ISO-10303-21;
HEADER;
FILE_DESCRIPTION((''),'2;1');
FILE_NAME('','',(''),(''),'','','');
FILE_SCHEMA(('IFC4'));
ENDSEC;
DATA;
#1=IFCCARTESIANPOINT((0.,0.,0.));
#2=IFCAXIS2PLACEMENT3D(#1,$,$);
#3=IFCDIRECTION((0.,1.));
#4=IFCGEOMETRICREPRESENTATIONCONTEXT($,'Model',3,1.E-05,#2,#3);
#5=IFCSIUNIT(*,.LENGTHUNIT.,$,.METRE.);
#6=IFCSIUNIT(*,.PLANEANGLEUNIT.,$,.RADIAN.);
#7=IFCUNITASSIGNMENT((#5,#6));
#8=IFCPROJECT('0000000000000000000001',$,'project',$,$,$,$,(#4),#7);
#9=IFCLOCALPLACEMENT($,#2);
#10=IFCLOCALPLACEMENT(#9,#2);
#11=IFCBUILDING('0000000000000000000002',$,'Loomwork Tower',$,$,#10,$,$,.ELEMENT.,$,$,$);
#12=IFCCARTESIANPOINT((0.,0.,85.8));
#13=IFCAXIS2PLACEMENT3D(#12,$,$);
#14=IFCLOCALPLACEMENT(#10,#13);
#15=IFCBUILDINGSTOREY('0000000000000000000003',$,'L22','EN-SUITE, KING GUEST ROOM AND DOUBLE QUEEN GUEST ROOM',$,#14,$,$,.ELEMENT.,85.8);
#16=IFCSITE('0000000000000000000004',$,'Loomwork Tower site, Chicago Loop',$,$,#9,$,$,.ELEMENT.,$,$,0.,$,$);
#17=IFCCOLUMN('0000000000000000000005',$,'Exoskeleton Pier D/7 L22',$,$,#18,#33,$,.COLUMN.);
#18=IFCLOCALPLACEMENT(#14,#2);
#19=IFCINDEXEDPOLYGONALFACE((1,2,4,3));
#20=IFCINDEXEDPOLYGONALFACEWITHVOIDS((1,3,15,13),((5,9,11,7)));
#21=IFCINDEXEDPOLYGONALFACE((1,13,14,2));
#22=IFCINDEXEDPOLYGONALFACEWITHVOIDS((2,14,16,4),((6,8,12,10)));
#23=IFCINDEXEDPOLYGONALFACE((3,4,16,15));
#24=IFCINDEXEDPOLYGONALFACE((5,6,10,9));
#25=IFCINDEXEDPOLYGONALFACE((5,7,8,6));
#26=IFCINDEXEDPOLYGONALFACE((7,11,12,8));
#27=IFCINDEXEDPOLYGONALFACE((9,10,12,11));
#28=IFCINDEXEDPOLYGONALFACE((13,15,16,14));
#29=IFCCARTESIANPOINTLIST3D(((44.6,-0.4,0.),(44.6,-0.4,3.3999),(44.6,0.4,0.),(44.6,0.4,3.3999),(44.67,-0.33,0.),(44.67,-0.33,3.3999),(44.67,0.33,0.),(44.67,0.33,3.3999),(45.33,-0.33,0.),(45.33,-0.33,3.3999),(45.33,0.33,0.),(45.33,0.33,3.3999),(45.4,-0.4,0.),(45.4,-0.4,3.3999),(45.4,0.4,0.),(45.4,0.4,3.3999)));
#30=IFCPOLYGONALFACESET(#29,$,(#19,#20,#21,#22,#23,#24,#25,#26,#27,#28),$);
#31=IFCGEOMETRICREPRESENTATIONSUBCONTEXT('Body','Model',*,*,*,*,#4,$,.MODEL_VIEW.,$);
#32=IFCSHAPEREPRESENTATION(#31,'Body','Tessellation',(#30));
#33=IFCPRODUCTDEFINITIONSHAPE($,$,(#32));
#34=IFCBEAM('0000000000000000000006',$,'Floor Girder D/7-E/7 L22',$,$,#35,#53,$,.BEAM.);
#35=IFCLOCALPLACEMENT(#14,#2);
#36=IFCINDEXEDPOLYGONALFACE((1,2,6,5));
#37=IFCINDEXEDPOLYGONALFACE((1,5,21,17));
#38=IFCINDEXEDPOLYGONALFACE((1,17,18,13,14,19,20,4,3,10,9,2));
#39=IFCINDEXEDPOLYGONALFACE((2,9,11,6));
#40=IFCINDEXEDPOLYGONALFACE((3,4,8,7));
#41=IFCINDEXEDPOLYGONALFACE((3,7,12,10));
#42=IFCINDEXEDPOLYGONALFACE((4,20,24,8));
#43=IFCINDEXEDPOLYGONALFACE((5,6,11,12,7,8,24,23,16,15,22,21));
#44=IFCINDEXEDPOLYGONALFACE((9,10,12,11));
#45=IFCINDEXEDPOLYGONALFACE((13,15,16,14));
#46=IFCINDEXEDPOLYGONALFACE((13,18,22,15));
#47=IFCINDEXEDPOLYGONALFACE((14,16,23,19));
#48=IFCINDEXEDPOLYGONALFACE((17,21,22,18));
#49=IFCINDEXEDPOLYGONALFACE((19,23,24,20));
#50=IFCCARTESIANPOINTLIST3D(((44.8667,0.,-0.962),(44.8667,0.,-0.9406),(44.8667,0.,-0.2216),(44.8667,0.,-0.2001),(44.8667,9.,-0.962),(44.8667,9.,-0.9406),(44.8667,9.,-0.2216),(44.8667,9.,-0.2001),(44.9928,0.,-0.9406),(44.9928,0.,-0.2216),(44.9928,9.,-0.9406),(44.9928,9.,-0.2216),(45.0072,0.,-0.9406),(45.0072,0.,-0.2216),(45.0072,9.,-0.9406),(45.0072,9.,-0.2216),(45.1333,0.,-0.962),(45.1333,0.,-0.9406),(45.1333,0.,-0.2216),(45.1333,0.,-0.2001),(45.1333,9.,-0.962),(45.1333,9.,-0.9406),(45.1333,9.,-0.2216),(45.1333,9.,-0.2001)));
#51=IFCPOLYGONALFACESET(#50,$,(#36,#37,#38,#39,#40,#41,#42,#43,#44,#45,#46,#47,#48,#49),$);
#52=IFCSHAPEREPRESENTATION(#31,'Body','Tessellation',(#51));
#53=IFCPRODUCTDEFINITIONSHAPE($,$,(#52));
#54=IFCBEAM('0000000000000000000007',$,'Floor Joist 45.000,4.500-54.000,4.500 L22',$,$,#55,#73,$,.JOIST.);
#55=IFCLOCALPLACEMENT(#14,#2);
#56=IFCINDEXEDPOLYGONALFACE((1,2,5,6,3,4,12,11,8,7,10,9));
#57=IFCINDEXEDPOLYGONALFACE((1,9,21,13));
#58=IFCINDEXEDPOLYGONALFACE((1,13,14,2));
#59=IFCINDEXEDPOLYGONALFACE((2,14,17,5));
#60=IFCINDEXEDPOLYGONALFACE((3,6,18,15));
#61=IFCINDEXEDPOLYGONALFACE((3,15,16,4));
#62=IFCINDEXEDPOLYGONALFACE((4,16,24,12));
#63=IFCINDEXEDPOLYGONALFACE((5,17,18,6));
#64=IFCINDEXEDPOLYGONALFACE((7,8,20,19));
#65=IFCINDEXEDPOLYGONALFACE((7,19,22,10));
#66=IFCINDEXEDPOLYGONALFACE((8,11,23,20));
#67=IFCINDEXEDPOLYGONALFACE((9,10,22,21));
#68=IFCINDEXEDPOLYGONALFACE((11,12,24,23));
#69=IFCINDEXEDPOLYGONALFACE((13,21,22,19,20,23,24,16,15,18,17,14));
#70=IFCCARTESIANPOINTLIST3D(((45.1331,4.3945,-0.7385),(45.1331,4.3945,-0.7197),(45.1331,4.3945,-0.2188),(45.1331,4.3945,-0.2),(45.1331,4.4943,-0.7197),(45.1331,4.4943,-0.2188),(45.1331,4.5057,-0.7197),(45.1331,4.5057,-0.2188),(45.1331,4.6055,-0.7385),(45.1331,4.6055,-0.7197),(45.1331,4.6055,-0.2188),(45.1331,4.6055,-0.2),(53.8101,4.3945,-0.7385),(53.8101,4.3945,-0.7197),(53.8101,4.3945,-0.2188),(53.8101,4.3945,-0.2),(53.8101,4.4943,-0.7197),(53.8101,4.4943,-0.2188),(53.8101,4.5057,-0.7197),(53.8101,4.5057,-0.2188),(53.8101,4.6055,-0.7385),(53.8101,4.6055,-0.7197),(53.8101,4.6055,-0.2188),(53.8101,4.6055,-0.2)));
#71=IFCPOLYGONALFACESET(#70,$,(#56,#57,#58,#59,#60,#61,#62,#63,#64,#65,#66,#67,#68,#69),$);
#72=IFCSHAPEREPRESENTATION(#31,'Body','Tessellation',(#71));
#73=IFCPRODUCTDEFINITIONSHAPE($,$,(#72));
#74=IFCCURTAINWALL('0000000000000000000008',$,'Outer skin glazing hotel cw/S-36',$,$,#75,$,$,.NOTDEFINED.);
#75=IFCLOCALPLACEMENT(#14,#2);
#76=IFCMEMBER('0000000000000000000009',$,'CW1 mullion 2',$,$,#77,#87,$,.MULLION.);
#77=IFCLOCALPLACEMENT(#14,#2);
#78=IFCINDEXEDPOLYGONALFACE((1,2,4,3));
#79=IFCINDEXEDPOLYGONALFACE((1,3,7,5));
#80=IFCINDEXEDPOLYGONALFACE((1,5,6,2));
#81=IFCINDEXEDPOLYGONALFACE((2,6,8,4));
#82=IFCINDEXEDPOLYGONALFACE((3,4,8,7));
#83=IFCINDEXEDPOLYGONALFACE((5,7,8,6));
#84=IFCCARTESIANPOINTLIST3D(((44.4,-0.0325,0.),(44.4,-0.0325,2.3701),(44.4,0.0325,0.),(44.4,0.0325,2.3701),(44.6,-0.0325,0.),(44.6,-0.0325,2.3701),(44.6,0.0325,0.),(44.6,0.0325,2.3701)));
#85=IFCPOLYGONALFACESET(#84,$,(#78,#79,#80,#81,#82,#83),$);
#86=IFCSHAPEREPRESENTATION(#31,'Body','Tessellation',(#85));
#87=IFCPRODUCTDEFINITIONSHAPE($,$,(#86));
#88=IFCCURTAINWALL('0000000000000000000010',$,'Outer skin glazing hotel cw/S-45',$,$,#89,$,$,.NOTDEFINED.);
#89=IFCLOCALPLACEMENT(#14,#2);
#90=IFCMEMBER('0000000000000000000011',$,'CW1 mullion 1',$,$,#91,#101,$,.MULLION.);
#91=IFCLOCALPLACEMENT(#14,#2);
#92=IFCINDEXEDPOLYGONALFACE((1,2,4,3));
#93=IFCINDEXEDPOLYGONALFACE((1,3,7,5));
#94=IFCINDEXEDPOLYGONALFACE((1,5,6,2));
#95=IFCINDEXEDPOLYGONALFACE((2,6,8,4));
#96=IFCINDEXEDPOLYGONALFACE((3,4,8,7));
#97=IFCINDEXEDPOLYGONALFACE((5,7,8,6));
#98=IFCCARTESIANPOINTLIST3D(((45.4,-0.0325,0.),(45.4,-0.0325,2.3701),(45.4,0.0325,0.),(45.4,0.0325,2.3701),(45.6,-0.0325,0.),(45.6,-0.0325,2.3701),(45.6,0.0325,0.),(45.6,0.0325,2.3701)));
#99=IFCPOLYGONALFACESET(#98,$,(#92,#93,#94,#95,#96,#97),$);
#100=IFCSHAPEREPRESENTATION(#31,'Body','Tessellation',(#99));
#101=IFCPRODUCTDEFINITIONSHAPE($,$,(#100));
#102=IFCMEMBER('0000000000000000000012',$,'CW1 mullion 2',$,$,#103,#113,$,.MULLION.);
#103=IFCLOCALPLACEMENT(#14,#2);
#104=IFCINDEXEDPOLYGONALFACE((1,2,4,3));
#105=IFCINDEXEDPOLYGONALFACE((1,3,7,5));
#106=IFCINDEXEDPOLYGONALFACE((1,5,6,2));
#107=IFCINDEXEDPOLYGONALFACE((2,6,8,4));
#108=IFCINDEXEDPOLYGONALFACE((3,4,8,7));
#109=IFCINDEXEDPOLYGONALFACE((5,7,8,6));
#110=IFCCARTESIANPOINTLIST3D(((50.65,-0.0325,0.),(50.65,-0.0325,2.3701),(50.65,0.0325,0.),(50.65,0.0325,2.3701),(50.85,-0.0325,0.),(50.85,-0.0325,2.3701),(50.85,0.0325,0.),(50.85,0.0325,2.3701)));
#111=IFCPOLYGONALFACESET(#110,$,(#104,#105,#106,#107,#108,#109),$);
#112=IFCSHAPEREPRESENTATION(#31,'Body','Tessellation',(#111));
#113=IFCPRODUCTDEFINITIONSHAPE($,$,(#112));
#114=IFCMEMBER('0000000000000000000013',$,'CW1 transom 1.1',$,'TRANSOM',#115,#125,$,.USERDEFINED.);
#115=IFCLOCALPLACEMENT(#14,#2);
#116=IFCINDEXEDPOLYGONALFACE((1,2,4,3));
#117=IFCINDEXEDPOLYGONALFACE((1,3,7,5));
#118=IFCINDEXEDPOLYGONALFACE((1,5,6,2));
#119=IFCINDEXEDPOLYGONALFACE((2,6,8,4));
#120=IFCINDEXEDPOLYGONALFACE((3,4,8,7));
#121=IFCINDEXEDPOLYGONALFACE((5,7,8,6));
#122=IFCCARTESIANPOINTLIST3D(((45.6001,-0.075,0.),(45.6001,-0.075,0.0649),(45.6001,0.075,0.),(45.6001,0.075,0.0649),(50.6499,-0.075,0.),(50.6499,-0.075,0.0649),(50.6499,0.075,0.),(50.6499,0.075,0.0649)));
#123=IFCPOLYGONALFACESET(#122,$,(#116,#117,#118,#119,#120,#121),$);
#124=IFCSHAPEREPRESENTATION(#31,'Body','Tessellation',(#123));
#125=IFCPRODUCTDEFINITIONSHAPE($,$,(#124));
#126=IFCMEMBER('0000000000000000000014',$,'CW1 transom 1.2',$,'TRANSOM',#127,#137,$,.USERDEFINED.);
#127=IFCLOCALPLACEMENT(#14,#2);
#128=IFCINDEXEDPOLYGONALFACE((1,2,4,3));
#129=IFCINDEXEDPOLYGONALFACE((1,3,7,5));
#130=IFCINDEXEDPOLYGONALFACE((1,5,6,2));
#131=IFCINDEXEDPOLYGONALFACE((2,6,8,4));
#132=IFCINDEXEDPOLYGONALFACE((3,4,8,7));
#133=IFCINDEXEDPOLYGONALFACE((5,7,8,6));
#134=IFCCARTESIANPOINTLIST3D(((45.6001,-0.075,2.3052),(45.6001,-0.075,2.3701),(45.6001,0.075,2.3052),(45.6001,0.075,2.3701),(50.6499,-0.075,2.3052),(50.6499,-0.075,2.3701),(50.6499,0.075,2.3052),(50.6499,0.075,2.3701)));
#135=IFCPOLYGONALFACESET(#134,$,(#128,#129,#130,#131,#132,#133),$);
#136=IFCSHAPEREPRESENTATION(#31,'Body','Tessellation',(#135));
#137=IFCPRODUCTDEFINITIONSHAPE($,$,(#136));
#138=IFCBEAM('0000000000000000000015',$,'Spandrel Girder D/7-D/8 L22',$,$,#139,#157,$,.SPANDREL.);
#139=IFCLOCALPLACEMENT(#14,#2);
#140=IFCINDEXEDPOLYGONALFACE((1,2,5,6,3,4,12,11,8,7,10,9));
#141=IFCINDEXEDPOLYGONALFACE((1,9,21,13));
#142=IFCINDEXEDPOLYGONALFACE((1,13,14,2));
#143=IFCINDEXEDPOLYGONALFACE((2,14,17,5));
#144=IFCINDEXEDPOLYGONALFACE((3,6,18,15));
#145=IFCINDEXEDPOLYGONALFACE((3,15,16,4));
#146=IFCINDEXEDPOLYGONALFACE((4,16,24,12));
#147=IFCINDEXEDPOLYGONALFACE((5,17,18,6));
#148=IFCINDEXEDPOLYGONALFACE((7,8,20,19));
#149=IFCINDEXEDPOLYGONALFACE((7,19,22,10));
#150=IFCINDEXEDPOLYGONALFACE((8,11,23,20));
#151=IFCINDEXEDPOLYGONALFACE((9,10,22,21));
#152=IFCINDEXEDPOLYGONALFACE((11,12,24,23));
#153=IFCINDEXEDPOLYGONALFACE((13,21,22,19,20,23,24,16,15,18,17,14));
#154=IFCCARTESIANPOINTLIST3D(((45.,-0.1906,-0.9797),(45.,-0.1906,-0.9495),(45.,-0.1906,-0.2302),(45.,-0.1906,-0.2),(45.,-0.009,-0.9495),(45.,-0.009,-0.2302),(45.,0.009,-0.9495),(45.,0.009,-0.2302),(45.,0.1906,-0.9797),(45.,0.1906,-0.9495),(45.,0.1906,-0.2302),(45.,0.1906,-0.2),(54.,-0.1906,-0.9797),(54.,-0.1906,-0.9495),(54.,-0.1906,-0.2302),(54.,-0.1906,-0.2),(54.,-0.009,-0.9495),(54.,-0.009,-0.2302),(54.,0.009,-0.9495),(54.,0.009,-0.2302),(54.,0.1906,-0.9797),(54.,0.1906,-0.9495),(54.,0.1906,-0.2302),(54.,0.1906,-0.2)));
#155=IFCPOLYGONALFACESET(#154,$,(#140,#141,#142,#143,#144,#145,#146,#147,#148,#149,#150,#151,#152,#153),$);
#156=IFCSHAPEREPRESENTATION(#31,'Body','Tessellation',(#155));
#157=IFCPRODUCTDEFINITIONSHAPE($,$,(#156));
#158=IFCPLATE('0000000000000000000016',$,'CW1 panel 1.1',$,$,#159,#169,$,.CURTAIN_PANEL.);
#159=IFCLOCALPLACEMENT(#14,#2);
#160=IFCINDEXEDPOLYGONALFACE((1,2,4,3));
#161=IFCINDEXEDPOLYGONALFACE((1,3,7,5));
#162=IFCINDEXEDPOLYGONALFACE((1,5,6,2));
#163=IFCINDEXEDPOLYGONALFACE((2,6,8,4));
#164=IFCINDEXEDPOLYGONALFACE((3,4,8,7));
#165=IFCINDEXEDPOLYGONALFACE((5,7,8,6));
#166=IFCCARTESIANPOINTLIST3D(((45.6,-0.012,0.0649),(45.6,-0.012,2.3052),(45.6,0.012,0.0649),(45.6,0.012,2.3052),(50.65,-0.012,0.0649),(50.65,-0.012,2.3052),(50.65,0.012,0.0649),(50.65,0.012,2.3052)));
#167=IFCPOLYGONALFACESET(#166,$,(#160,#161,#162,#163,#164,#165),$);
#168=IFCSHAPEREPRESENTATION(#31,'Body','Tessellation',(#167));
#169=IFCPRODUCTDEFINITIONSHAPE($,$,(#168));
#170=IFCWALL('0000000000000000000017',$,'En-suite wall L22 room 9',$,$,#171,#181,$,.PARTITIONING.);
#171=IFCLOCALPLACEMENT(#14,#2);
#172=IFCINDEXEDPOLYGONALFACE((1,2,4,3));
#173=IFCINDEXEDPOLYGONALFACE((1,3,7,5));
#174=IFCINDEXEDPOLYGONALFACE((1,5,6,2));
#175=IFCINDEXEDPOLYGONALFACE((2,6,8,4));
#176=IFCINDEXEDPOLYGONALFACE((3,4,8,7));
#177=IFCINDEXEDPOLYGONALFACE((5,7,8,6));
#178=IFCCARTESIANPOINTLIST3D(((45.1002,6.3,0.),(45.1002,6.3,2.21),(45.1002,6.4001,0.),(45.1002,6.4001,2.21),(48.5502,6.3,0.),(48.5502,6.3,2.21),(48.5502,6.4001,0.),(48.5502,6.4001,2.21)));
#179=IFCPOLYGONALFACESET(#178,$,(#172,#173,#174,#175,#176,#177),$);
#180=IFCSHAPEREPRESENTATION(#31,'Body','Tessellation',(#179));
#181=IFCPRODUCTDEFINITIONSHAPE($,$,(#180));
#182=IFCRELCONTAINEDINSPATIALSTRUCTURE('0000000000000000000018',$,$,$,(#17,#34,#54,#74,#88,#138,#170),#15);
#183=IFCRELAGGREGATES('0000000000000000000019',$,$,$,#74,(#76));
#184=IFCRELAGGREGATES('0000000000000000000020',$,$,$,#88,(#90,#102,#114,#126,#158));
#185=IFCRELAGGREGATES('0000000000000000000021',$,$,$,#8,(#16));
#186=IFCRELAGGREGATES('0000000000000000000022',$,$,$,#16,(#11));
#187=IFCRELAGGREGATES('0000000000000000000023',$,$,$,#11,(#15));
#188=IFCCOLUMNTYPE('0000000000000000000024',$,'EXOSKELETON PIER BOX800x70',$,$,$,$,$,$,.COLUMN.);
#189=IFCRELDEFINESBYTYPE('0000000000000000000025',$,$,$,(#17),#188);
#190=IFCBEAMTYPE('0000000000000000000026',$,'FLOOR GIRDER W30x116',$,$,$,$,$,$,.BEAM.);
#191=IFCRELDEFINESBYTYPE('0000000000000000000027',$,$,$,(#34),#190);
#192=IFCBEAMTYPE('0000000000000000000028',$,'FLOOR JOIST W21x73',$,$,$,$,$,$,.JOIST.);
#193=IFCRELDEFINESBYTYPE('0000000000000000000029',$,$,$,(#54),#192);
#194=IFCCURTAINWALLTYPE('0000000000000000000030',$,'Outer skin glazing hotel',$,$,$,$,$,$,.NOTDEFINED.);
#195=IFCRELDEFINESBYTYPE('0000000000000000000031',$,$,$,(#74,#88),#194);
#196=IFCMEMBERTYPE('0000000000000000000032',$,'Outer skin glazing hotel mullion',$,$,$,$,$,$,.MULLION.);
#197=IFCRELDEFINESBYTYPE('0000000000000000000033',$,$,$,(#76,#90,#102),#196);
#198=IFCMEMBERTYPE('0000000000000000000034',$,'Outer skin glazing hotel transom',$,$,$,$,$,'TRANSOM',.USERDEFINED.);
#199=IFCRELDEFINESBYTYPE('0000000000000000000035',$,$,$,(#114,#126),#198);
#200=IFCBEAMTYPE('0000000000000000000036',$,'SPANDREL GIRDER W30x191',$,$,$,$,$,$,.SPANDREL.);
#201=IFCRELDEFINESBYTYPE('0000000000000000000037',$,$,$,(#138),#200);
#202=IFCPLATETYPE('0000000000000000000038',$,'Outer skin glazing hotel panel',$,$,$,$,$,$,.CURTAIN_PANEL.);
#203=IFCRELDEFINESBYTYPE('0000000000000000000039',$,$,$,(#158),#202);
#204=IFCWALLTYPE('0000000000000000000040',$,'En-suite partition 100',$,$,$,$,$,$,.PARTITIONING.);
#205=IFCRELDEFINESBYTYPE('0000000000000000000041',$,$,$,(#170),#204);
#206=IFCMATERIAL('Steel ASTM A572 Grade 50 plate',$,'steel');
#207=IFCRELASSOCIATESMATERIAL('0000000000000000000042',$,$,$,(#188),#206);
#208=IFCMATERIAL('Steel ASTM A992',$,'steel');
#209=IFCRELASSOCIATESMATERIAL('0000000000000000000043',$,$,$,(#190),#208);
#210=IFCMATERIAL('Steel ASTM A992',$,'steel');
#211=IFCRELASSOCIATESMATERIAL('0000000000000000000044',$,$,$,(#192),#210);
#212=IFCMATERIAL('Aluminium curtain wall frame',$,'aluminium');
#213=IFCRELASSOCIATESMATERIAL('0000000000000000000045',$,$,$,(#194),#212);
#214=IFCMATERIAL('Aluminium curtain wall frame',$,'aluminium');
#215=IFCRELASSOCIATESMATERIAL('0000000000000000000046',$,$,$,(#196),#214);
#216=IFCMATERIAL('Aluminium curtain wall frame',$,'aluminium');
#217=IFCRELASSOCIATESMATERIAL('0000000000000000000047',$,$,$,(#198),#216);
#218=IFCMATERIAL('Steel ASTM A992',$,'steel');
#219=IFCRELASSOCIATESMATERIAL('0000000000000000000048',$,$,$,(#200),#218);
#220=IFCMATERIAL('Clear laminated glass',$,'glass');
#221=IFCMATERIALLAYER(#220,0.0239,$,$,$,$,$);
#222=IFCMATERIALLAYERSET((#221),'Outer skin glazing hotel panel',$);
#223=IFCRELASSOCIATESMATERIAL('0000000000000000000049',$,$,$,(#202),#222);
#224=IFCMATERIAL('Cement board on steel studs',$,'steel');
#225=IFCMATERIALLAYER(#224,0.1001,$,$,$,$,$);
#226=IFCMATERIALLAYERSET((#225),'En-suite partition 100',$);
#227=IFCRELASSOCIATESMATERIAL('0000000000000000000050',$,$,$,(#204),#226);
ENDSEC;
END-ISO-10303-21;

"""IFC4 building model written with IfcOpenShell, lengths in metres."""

from ifc_helpers import new_model, si_unit, direction, frame, frame_2d, origin, origin_2d, place, context, subcontext, project, spatial, rectangle, hollow_rectangle, i_section, extrude, material, layer, layer_set, material_profile, profile_set, type_object, element, aggregate, save


model = new_model("IFC4")

# Units and contexts
model_context = context("Model", 3, precision=1e-05, world=origin(), true_north=direction((0.0, 1.0)))
body_context = subcontext(model_context, "Body", "Model", "MODEL_VIEW")
ifc_project = project(units=[si_unit("LENGTHUNIT", "METRE"), si_unit("PLANEANGLEUNIT", "RADIAN")], contexts=[model_context])

# Site, building, storey
site_placement = place(None, origin())
site = spatial("IfcSite", under=ifc_project, at=site_placement, Name="Loomwork Tower site, Chicago Loop", CompositionType="ELEMENT", RefElevation=0.0)
building_placement = place(site_placement, origin())
building = spatial("IfcBuilding", under=site, at=building_placement, Name="Loomwork Tower", CompositionType="ELEMENT")
storey_placement = place(building_placement, frame((0.0, 0.0, 85.8)))
storey = spatial("IfcBuildingStorey", under=building, at=storey_placement, Name="L22", Description="EN-SUITE, KING GUEST ROOM AND DOUBLE QUEEN GUEST ROOM", CompositionType="ELEMENT", Elevation=85.8)

# Column
ifc_material_1 = material(Name="Steel ASTM A572 Grade 50 plate", Category="steel")
ifc_material_profile_1 = material_profile(ifc_material_1, hollow_rectangle(XDim=0.8, YDim=0.8, WallThickness=0.0701, at=origin_2d()), Name="BOX800x70")
ifc_profile_set_1 = profile_set([ifc_material_profile_1], Name="Steel ASTM A572 Grade 50 plate")
column_type = type_object("IfcColumnType", Name="EXOSKELETON PIER BOX800x70", PredefinedType="COLUMN", material=ifc_profile_set_1)
column_placement = place(storey_placement, frame((45.0, 0.0, 0.0), z_axis=(0.0, 0.0, 1.0), x_axis=(1.0, 0.0, 0.0)))
element("IfcColumn", 1, at=column_placement, inside=storey, type_object=column_type, Name="Exoskeleton Pier D/7 L22", PredefinedType="COLUMN", context=body_context, shape_type="SweptSolid", body=[
    extrude(hollow_rectangle(XDim=0.8, YDim=0.8, WallThickness=0.0701, at=origin_2d()), origin(), (0.0, 0.0, 1.0), 3.3999),
])

# Beams
ifc_material_2 = material(Name="Steel ASTM A992", Category="steel")
ifc_material_profile_2 = material_profile(ifc_material_2, i_section(OverallWidth=0.2666, OverallDepth=0.762, WebThickness=0.0144, FlangeThickness=0.0215, at=origin_2d()), Name="W30x116")
ifc_profile_set_2 = profile_set([ifc_material_profile_2], Name="Steel ASTM A992")
beam_type_1 = type_object("IfcBeamType", Name="FLOOR GIRDER W30x116", PredefinedType="BEAM", material=ifc_profile_set_2)
beam_1_placement = place(storey_placement, frame((45.0, 0.0, -0.5811), z_axis=(0.0, 1.0, 0.0), x_axis=(-1.0, 0.0, 0.0)))
element("IfcBeam", 2, at=beam_1_placement, inside=storey, type_object=beam_type_1, Name="Floor Girder D/7-E/7 L22", PredefinedType="BEAM", context=body_context, shape_type="SweptSolid", body=[
    extrude(i_section(OverallWidth=0.2666, OverallDepth=0.762, WebThickness=0.0144, FlangeThickness=0.0215, at=origin_2d()), origin(), (0.0, 0.0, 1.0), 9.0),
])
ifc_material_3 = material(Name="Steel ASTM A992", Category="steel")
ifc_material_profile_3 = material_profile(ifc_material_3, i_section(OverallWidth=0.2109, OverallDepth=0.5386, WebThickness=0.0115, FlangeThickness=0.0188, at=origin_2d()), Name="W21x73")
ifc_profile_set_3 = profile_set([ifc_material_profile_3], Name="Steel ASTM A992")
beam_type_2 = type_object("IfcBeamType", Name="FLOOR JOIST W21x73", PredefinedType="JOIST", material=ifc_profile_set_3)
beam_2_placement = place(storey_placement, frame((45.1331, 4.5, -0.4692), z_axis=(1.0, 0.0, 0.0), x_axis=(0.0, 1.0, 0.0)))
element("IfcBeam", 3, at=beam_2_placement, inside=storey, type_object=beam_type_2, Name="Floor Joist 45.000,4.500-54.000,4.500 L22", PredefinedType="JOIST", context=body_context, shape_type="SweptSolid", body=[
    extrude(i_section(OverallWidth=0.2109, OverallDepth=0.5386, WebThickness=0.0115, FlangeThickness=0.0188, at=origin_2d()), origin(), (0.0, 0.0, 1.0), 8.677),
])

# Curtain wall, member
ifc_material_4 = material(Name="Aluminium curtain wall frame", Category="aluminium")
curtain_wall_type = type_object("IfcCurtainWallType", Name="Outer skin glazing hotel", PredefinedType="NOTDEFINED", material=ifc_material_4)
curtain_wall_1_placement = place(storey_placement, origin())
curtain_wall_1 = element("IfcCurtainWall", 4, at=curtain_wall_1_placement, inside=storey, type_object=curtain_wall_type, Name="Outer skin glazing hotel cw/S-36", PredefinedType="NOTDEFINED")
ifc_material_5 = material(Name="Aluminium curtain wall frame", Category="aluminium")
ifc_material_profile_4 = material_profile(ifc_material_5, rectangle(XDim=0.0649, YDim=0.2, at=origin_2d()), Name="AL 65x200")
ifc_profile_set_4 = profile_set([ifc_material_profile_4], Name="Aluminium curtain wall frame")
member_type_1 = type_object("IfcMemberType", Name="Outer skin glazing hotel mullion", PredefinedType="MULLION", material=ifc_profile_set_4)
member_1_placement = place(storey_placement, frame((44.5, 0.0, 0.0), z_axis=(0.0, 0.0, 1.0), x_axis=(0.0, 1.0, 0.0)))
member_1 = element("IfcMember", 5, at=member_1_placement, type_object=member_type_1, Name="CW1 mullion 2", PredefinedType="MULLION", context=body_context, shape_type="SweptSolid", body=[
    extrude(rectangle(XDim=0.0649, YDim=0.2, at=origin_2d()), origin(), (0.0, 0.0, 1.0), 2.3701),
])
aggregate(curtain_wall_1, [member_1])

# Curtain wall, members
curtain_wall_2_placement = place(storey_placement, origin())
curtain_wall_2 = element("IfcCurtainWall", 6, at=curtain_wall_2_placement, inside=storey, type_object=curtain_wall_type, Name="Outer skin glazing hotel cw/S-45", PredefinedType="NOTDEFINED")
member_2_placement = place(storey_placement, frame((45.5, 0.0, 0.0), z_axis=(0.0, 0.0, 1.0), x_axis=(0.0, 1.0, 0.0)))
member_2 = element("IfcMember", 7, at=member_2_placement, type_object=member_type_1, Name="CW1 mullion 1", PredefinedType="MULLION", context=body_context, shape_type="SweptSolid", body=[
    extrude(rectangle(XDim=0.0649, YDim=0.2, at=origin_2d()), origin(), (0.0, 0.0, 1.0), 2.3701),
])
member_3_placement = place(storey_placement, frame((50.75, 0.0, 0.0), z_axis=(0.0, 0.0, 1.0), x_axis=(0.0, 1.0, 0.0)))
member_3 = element("IfcMember", 8, at=member_3_placement, type_object=member_type_1, Name="CW1 mullion 2", PredefinedType="MULLION", context=body_context, shape_type="SweptSolid", body=[
    extrude(rectangle(XDim=0.0649, YDim=0.2, at=origin_2d()), origin(), (0.0, 0.0, 1.0), 2.3701),
])
ifc_material_6 = material(Name="Aluminium curtain wall frame", Category="aluminium")
ifc_material_profile_5 = material_profile(ifc_material_6, rectangle(XDim=0.1499, YDim=0.0649, at=origin_2d()), Name="AL 65x150")
ifc_profile_set_5 = profile_set([ifc_material_profile_5], Name="Aluminium curtain wall frame")
member_type_2 = type_object("IfcMemberType", Name="Outer skin glazing hotel transom", ElementType="TRANSOM", PredefinedType="USERDEFINED", material=ifc_profile_set_5)
member_4_placement = place(storey_placement, frame((45.6001, 0.0, 0.0325), z_axis=(1.0, 0.0, 0.0), x_axis=(0.0, 1.0, 0.0)))
member_4 = element("IfcMember", 9, at=member_4_placement, type_object=member_type_2, Name="CW1 transom 1.1", ObjectType="TRANSOM", PredefinedType="USERDEFINED", context=body_context, shape_type="SweptSolid", body=[
    extrude(rectangle(XDim=0.1499, YDim=0.0649, at=origin_2d()), origin(), (0.0, 0.0, 1.0), 5.0498),
])
member_5_placement = place(storey_placement, frame((45.6001, 0.0, 2.3376), z_axis=(1.0, 0.0, 0.0), x_axis=(0.0, 1.0, 0.0)))
member_5 = element("IfcMember", 10, at=member_5_placement, type_object=member_type_2, Name="CW1 transom 1.2", ObjectType="TRANSOM", PredefinedType="USERDEFINED", context=body_context, shape_type="SweptSolid", body=[
    extrude(rectangle(XDim=0.1499, YDim=0.0649, at=origin_2d()), origin(), (0.0, 0.0, 1.0), 5.0498),
])

# Beam
ifc_material_7 = material(Name="Steel ASTM A992", Category="steel")
ifc_material_profile_6 = material_profile(ifc_material_7, i_section(OverallWidth=0.3811, OverallDepth=0.7798, WebThickness=0.0181, FlangeThickness=0.0303, at=origin_2d()), Name="W30x191")
ifc_profile_set_6 = profile_set([ifc_material_profile_6], Name="Steel ASTM A992")
beam_type_3 = type_object("IfcBeamType", Name="SPANDREL GIRDER W30x191", PredefinedType="SPANDREL", material=ifc_profile_set_6)
beam_3_placement = place(storey_placement, frame((45.0, 0.0, -0.5898), z_axis=(1.0, 0.0, 0.0), x_axis=(0.0, 1.0, 0.0)))
element("IfcBeam", 11, at=beam_3_placement, inside=storey, type_object=beam_type_3, Name="Spandrel Girder D/7-D/8 L22", PredefinedType="SPANDREL", context=body_context, shape_type="SweptSolid", body=[
    extrude(i_section(OverallWidth=0.3811, OverallDepth=0.7798, WebThickness=0.0181, FlangeThickness=0.0303, at=origin_2d()), origin(), (0.0, 0.0, 1.0), 9.0),
])

# Plate
ifc_material_8 = material(Name="Clear laminated glass", Category="glass")
ifc_layer_1 = layer(ifc_material_8, 0.0239)
ifc_layer_set_1 = layer_set([ifc_layer_1], Name="Outer skin glazing hotel panel")
plate_type = type_object("IfcPlateType", Name="Outer skin glazing hotel panel", PredefinedType="CURTAIN_PANEL", material=ifc_layer_set_1)
plate_placement = place(storey_placement, frame((48.125, 0.0, 0.0649), z_axis=(0.0, 0.0, 1.0), x_axis=(1.0, 0.0, 0.0)))
plate = element("IfcPlate", 12, at=plate_placement, type_object=plate_type, Name="CW1 panel 1.1", PredefinedType="CURTAIN_PANEL", context=body_context, shape_type="SweptSolid", body=[
    extrude(rectangle(XDim=5.05, YDim=0.0239, at=origin_2d()), origin(), (0.0, 0.0, 1.0), 2.2402),
])
aggregate(curtain_wall_2, [member_2, member_3, member_4, member_5, plate])

# Wall
ifc_material_9 = material(Name="Cement board on steel studs", Category="steel")
ifc_layer_2 = layer(ifc_material_9, 0.1001)
ifc_layer_set_2 = layer_set([ifc_layer_2], Name="En-suite partition 100")
wall_type_1 = type_object("IfcWallType", Name="En-suite partition 100", PredefinedType="PARTITIONING", material=ifc_layer_set_2)
wall_1_placement = place(storey_placement, frame((45.1001, 6.3501, 0.0), z_axis=(0.0, 0.0, 1.0), x_axis=(1.0, 0.0, 0.0)))
element("IfcWall", 13, at=wall_1_placement, inside=storey, type_object=wall_type_1, Name="En-suite wall L22 room 9", PredefinedType="PARTITIONING", context=body_context, shape_type="SweptSolid", body=[
    extrude(rectangle(XDim=3.45, YDim=0.1001, at=frame_2d((1.7251, 0.0))), origin(), (0.0, 0.0, 1.0), 2.21),
])

save(model, "model.ifc")
